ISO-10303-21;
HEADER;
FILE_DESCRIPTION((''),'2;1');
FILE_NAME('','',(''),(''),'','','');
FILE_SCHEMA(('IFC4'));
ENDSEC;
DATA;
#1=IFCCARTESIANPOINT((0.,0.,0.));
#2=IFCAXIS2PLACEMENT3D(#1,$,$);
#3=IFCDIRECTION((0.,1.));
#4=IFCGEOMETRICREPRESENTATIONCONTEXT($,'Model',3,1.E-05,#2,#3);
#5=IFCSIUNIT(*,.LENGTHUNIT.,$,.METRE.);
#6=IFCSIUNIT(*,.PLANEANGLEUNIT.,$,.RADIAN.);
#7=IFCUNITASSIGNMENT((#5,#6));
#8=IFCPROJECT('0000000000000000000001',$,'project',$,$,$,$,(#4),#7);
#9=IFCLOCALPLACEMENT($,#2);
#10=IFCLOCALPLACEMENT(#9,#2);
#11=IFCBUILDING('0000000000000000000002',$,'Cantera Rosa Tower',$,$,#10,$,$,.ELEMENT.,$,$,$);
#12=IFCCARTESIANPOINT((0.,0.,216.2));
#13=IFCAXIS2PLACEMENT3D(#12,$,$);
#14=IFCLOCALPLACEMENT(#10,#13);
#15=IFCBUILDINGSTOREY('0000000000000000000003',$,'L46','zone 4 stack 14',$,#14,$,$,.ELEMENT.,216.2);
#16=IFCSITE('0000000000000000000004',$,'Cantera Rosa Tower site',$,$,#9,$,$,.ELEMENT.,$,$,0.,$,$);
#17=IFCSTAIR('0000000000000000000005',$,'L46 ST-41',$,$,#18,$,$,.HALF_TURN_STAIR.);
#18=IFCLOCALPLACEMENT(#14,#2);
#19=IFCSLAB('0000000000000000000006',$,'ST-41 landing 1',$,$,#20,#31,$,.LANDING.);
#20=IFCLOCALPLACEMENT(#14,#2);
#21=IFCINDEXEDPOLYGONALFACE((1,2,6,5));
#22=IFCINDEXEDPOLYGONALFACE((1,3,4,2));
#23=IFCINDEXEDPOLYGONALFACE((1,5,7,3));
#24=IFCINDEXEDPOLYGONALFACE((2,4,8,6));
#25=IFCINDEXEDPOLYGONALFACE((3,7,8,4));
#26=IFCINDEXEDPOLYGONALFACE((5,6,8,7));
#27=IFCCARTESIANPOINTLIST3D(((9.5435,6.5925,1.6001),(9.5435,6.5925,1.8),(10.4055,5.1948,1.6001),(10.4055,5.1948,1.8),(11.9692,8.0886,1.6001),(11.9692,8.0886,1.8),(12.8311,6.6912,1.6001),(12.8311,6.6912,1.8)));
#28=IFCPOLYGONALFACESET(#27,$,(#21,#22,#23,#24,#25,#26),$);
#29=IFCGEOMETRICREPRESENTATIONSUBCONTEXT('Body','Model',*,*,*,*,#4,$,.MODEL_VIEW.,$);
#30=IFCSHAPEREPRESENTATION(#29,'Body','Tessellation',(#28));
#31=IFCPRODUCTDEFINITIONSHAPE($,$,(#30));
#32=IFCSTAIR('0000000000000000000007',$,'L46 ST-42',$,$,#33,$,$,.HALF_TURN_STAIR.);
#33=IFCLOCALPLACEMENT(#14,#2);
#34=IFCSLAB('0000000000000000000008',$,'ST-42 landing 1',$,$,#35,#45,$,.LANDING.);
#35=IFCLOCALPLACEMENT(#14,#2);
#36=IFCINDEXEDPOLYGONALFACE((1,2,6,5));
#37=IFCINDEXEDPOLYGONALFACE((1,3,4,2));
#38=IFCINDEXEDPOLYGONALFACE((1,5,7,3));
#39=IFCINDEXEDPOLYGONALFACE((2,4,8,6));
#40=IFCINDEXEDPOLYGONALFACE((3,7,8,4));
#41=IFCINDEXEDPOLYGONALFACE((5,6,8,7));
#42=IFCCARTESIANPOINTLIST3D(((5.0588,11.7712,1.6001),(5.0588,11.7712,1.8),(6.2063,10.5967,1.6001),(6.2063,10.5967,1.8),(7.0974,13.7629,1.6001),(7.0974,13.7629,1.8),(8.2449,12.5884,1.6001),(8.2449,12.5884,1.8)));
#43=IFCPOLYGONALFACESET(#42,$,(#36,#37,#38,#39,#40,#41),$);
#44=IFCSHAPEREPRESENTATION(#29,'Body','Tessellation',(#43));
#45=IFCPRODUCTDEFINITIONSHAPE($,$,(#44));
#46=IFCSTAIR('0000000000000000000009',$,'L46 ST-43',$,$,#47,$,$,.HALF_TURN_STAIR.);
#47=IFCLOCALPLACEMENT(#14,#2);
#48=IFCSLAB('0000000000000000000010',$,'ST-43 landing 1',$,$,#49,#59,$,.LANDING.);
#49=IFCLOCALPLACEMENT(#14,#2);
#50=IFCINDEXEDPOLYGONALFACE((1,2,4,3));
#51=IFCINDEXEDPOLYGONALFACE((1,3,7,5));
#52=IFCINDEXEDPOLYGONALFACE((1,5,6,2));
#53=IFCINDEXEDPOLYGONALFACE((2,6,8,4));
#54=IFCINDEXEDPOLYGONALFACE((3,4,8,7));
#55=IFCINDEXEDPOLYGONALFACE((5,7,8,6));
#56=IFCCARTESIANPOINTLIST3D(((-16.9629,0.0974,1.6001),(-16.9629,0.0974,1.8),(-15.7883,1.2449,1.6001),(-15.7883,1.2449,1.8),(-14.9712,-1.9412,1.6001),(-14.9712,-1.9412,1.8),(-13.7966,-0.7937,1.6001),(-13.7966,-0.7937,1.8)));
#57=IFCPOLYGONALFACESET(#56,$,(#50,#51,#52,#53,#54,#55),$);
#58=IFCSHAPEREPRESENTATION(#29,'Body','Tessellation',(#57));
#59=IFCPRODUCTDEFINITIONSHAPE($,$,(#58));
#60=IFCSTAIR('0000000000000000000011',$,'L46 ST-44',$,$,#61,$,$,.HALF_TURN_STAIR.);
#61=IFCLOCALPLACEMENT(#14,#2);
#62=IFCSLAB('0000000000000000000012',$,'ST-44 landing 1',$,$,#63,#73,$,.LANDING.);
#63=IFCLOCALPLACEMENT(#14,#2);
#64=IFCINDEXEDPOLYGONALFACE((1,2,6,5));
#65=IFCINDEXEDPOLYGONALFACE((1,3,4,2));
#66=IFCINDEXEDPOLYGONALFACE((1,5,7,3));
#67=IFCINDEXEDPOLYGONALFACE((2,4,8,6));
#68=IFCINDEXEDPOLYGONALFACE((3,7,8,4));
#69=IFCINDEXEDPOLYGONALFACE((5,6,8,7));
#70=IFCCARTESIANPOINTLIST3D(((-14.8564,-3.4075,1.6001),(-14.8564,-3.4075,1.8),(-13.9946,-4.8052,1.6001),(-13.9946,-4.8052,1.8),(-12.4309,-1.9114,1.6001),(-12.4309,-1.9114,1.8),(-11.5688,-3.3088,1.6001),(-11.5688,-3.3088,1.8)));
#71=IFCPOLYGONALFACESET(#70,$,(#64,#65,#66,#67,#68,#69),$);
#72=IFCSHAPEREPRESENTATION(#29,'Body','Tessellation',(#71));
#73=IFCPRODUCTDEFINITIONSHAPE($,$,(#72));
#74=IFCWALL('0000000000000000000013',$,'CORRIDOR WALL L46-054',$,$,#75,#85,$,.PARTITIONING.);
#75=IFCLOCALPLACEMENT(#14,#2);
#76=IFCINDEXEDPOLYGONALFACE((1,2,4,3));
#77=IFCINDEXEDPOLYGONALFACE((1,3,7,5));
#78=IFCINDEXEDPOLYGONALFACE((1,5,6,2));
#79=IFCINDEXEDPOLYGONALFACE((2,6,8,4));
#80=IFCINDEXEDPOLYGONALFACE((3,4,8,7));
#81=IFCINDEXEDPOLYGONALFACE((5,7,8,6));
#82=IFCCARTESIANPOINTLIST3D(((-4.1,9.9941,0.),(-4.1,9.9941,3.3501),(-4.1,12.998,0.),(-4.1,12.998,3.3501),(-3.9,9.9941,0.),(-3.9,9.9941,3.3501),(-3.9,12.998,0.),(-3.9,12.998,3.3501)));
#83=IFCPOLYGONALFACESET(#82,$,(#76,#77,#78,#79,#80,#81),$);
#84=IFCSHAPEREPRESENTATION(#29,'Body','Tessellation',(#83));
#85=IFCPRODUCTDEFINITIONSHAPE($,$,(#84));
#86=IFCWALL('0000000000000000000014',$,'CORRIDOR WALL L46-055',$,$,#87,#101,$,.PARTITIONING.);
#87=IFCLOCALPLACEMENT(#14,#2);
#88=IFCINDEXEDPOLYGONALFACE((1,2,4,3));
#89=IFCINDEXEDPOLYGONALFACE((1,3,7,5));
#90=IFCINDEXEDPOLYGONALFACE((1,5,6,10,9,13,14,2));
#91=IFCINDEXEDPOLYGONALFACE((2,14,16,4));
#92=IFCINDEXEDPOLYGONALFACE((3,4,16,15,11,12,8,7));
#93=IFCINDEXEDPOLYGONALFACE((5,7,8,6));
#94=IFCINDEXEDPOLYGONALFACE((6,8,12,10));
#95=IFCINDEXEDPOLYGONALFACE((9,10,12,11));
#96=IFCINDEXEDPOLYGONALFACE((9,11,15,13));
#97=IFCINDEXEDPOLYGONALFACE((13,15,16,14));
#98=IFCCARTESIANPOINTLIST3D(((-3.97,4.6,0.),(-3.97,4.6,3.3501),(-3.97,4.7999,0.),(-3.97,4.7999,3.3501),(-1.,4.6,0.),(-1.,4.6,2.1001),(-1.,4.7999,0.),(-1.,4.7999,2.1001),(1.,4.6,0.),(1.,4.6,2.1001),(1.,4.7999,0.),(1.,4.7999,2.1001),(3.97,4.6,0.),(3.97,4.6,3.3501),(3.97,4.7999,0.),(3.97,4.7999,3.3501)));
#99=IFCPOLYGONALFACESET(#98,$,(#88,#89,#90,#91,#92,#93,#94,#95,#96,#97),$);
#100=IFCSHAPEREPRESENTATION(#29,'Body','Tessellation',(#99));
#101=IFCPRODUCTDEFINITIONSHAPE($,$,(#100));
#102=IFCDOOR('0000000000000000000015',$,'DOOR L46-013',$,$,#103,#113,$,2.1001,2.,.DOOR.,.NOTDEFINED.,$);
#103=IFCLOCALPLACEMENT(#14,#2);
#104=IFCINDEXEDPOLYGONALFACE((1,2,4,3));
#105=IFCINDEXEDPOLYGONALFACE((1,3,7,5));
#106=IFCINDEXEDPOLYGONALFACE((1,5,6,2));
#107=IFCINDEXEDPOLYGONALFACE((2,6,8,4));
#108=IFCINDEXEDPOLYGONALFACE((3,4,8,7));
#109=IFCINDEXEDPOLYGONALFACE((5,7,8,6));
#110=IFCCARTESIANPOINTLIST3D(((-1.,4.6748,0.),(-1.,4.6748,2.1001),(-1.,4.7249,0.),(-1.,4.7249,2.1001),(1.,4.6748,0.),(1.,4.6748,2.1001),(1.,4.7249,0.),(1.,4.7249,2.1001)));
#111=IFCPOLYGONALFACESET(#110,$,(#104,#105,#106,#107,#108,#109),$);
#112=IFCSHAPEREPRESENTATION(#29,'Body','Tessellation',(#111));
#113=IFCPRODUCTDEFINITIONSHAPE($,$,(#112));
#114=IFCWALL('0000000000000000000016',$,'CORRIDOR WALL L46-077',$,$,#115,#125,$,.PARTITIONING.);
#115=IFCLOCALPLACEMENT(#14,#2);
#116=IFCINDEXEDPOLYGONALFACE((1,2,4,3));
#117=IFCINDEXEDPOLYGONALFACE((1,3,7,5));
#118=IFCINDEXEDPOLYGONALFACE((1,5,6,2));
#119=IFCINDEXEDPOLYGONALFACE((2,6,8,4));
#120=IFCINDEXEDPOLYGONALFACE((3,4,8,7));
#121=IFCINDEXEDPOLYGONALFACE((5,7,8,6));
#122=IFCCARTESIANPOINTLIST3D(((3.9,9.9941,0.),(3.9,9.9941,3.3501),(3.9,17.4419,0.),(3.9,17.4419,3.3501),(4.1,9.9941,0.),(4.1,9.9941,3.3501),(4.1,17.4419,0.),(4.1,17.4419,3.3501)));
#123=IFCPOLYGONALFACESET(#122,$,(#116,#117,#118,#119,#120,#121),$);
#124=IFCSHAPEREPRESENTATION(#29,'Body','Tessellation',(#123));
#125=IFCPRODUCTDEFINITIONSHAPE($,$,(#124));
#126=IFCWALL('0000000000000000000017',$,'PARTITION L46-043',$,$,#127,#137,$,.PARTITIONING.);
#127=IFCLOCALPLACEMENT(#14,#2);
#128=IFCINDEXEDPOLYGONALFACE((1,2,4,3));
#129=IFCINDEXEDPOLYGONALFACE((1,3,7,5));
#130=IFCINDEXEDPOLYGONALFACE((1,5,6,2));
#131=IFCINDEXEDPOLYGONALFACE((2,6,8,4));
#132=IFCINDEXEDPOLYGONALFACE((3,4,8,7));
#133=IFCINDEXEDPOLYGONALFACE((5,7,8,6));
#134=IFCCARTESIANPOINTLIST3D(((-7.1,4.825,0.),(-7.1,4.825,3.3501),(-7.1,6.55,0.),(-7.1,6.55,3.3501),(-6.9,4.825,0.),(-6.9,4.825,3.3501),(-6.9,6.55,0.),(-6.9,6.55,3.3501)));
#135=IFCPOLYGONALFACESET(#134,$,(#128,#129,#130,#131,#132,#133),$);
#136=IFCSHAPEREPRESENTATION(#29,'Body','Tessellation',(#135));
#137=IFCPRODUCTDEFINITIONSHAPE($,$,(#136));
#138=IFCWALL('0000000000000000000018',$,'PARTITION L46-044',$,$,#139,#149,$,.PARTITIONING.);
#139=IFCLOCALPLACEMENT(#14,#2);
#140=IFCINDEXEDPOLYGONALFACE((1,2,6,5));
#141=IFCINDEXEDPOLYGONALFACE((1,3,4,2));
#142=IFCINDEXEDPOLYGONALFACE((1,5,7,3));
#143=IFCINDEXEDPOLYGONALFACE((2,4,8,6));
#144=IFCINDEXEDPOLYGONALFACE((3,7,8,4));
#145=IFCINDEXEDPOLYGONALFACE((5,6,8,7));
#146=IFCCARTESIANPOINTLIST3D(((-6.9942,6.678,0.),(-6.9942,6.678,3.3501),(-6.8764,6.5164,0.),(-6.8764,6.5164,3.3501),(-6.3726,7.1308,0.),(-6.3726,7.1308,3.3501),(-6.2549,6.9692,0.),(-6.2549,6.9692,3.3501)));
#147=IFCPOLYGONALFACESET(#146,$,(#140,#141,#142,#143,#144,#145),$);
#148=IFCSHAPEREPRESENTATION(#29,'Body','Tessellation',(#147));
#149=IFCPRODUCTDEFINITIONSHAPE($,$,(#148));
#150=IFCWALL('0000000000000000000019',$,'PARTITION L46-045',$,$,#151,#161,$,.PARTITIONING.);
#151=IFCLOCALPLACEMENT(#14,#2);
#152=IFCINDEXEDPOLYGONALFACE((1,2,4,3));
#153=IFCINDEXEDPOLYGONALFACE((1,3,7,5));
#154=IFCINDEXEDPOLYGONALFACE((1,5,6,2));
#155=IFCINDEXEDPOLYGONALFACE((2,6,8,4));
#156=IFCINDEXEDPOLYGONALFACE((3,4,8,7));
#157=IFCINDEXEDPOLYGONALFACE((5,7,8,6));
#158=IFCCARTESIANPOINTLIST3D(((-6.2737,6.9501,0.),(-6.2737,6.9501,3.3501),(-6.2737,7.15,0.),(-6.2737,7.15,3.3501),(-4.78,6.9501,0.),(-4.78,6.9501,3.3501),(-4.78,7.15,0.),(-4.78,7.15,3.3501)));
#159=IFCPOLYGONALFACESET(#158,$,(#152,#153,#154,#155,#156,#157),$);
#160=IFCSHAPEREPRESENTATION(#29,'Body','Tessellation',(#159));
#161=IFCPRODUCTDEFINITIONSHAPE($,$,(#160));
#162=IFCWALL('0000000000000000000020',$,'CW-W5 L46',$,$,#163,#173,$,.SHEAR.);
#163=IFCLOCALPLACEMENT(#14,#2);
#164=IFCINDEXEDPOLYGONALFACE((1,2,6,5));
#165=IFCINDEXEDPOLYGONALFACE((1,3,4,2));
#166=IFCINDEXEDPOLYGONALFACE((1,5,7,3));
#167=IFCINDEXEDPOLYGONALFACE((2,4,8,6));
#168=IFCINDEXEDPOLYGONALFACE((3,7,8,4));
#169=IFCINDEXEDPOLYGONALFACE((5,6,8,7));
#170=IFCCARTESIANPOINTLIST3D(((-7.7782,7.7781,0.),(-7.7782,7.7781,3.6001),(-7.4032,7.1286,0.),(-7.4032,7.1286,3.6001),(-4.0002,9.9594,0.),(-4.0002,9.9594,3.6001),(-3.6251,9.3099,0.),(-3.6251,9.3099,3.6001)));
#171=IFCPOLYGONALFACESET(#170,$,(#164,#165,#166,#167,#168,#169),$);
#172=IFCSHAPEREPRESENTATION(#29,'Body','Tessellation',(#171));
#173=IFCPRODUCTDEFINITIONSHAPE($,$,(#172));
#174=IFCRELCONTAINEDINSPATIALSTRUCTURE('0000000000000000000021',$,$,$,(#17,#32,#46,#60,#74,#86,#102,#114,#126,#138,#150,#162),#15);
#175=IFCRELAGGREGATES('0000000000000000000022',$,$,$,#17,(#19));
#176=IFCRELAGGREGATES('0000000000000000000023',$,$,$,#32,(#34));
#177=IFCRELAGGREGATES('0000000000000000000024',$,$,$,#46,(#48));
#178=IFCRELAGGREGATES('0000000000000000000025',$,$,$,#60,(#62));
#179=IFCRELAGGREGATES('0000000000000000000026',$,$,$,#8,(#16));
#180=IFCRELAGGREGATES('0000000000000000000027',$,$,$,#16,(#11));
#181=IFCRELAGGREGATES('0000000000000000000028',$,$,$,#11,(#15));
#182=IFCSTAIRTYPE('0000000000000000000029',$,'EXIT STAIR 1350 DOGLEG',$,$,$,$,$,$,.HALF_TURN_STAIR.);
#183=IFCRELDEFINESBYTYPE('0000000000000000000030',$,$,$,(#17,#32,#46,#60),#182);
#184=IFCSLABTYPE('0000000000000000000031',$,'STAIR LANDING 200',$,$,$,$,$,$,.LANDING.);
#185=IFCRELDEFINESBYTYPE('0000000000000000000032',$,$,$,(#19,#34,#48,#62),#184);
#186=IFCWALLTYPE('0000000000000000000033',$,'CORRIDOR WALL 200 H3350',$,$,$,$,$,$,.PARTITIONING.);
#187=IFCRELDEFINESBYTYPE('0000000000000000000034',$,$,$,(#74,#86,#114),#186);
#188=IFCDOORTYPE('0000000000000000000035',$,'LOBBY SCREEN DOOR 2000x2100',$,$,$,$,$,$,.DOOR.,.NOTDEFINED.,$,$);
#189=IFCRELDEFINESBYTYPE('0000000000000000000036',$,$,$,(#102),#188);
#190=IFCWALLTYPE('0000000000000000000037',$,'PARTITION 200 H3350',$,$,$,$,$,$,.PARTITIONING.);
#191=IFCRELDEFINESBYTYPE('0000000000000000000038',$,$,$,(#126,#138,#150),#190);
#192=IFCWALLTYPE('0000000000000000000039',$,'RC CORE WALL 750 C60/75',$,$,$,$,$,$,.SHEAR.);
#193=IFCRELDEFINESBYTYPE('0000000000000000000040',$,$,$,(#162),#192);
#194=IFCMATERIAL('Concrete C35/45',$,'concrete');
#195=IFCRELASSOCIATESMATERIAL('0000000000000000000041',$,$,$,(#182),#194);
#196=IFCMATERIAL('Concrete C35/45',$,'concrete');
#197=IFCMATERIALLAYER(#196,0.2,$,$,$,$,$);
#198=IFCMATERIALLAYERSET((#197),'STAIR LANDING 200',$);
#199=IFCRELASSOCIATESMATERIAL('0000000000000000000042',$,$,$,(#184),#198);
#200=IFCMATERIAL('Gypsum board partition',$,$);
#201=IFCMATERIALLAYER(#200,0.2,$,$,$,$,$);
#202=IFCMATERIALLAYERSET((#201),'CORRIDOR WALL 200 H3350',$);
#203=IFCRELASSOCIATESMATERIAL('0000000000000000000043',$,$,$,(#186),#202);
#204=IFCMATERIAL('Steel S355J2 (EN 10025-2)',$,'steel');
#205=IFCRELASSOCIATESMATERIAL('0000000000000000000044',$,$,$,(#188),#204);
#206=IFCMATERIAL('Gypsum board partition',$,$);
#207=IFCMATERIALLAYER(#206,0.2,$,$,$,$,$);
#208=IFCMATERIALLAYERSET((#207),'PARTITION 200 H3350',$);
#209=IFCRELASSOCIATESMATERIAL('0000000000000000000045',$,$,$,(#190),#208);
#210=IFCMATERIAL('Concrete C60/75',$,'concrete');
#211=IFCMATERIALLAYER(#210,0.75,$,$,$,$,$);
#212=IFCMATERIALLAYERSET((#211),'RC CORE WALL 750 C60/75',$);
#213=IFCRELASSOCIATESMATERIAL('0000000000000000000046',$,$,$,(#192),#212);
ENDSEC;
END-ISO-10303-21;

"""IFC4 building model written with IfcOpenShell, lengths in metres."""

from ifc_helpers import new_model, si_unit, direction, frame, frame_2d, origin, place, context, subcontext, project, spatial, polyline, rectangle, outline, extrude, material, layer, layer_set, type_object, element, fill, aggregate, save


model = new_model("IFC4")

# Units and contexts
model_context = context("Model", 3, precision=1e-05, world=origin(), true_north=direction((0.0, 1.0)))
body_context = subcontext(model_context, "Body", "Model", "MODEL_VIEW")
ifc_project = project(units=[si_unit("LENGTHUNIT", "METRE"), si_unit("PLANEANGLEUNIT", "RADIAN")], contexts=[model_context])

# Site, building, storey
site_placement = place(None, origin())
site = spatial("IfcSite", under=ifc_project, at=site_placement, Name="Cantera Rosa Tower site", CompositionType="ELEMENT", RefElevation=0.0)
building_placement = place(site_placement, origin())
building = spatial("IfcBuilding", under=site, at=building_placement, Name="Cantera Rosa Tower", CompositionType="ELEMENT")
storey_placement = place(building_placement, frame((0.0, 0.0, 216.2)))
storey = spatial("IfcBuildingStorey", under=building, at=storey_placement, Name="L46", Description="zone 4 stack 14", CompositionType="ELEMENT", Elevation=216.2)

# Stairs, slabs
ifc_material_1 = material(Name="Concrete C35/45", Category="concrete")
stair_type = type_object("IfcStairType", Name="EXIT STAIR 1350 DOGLEG", PredefinedType="HALF_TURN_STAIR", material=ifc_material_1)
stair_1_placement = place(storey_placement, origin())
stair_1 = element("IfcStair", 1, at=stair_1_placement, inside=storey, type_object=stair_type, Name="L46 ST-41", PredefinedType="HALF_TURN_STAIR")
ifc_material_2 = material(Name="Concrete C35/45", Category="concrete")
ifc_layer_1 = layer(ifc_material_2, 0.2)
ifc_layer_set_1 = layer_set([ifc_layer_1], Name="STAIR LANDING 200")
slab_type = type_object("IfcSlabType", Name="STAIR LANDING 200", PredefinedType="LANDING", material=ifc_layer_set_1)
slab_1_placement = place(storey_placement, frame((0.0, 0.0, 1.6001)))
slab_1 = element("IfcSlab", 2, at=slab_1_placement, type_object=slab_type, Name="ST-41 landing 1", PredefinedType="LANDING", context=body_context, shape_type="SweptSolid", body=[
    extrude(outline(polyline([(12.8311, 6.6912), (11.9692, 8.0886), (9.5435, 6.5925), (10.4055, 5.1948), (12.8311, 6.6912)])), origin(), (0.0, 0.0, 1.0), 0.2),
])
aggregate(stair_1, [slab_1])
stair_2_placement = place(storey_placement, origin())
stair_2 = element("IfcStair", 3, at=stair_2_placement, inside=storey, type_object=stair_type, Name="L46 ST-42", PredefinedType="HALF_TURN_STAIR")
slab_2_placement = place(storey_placement, frame((0.0, 0.0, 1.6001)))
slab_2 = element("IfcSlab", 4, at=slab_2_placement, type_object=slab_type, Name="ST-42 landing 1", PredefinedType="LANDING", context=body_context, shape_type="SweptSolid", body=[
    extrude(outline(polyline([(8.2449, 12.5884), (7.0974, 13.7629), (5.0588, 11.7712), (6.2063, 10.5967), (8.2449, 12.5884)])), origin(), (0.0, 0.0, 1.0), 0.2),
])
aggregate(stair_2, [slab_2])
stair_3_placement = place(storey_placement, origin())
stair_3 = element("IfcStair", 5, at=stair_3_placement, inside=storey, type_object=stair_type, Name="L46 ST-43", PredefinedType="HALF_TURN_STAIR")
slab_3_placement = place(storey_placement, frame((0.0, 0.0, 1.6001)))
slab_3 = element("IfcSlab", 6, at=slab_3_placement, type_object=slab_type, Name="ST-43 landing 1", PredefinedType="LANDING", context=body_context, shape_type="SweptSolid", body=[
    extrude(outline(polyline([(-15.7883, 1.2449), (-16.9629, 0.0974), (-14.9712, -1.9412), (-13.7966, -0.7937), (-15.7883, 1.2449)])), origin(), (0.0, 0.0, 1.0), 0.2),
])
aggregate(stair_3, [slab_3])
stair_4_placement = place(storey_placement, origin())
stair_4 = element("IfcStair", 7, at=stair_4_placement, inside=storey, type_object=stair_type, Name="L46 ST-44", PredefinedType="HALF_TURN_STAIR")
slab_4_placement = place(storey_placement, frame((0.0, 0.0, 1.6001)))
slab_4 = element("IfcSlab", 8, at=slab_4_placement, type_object=slab_type, Name="ST-44 landing 1", PredefinedType="LANDING", context=body_context, shape_type="SweptSolid", body=[
    extrude(outline(polyline([(-11.5688, -3.3088), (-12.4309, -1.9114), (-14.8564, -3.4075), (-13.9946, -4.8052), (-11.5688, -3.3088)])), origin(), (0.0, 0.0, 1.0), 0.2),
])
aggregate(stair_4, [slab_4])

# Wall
ifc_material_3 = material(Name="Gypsum board partition")
ifc_layer_2 = layer(ifc_material_3, 0.2)
ifc_layer_set_2 = layer_set([ifc_layer_2], Name="CORRIDOR WALL 200 H3350")
wall_type_1 = type_object("IfcWallType", Name="CORRIDOR WALL 200 H3350", PredefinedType="PARTITIONING", material=ifc_layer_set_2)
wall_1_placement = place(storey_placement, frame((-4.0, 12.998, 0.0), z_axis=(0.0, 0.0, 1.0), x_axis=(0.0, -1.0, 0.0)))
element("IfcWall", 9, at=wall_1_placement, inside=storey, type_object=wall_type_1, Name="CORRIDOR WALL L46-054", PredefinedType="PARTITIONING", context=body_context, shape_type="SweptSolid", body=[
    extrude(rectangle(XDim=3.0039, YDim=0.2, at=frame_2d((1.502, 0.0))), origin(), (0.0, 0.0, 1.0), 3.3501),
])

# Wall, opening, door
wall_2_placement = place(storey_placement, frame((-3.97, 4.7, 0.0), z_axis=(0.0, 0.0, 1.0), x_axis=(1.0, 0.0, 0.0)))
wall_2 = element("IfcWall", 10, at=wall_2_placement, inside=storey, type_object=wall_type_1, Name="CORRIDOR WALL L46-055", PredefinedType="PARTITIONING", context=body_context, shape_type="SweptSolid", body=[
    extrude(rectangle(XDim=7.9399, YDim=0.2, at=frame_2d((3.97, 0.0))), origin(), (0.0, 0.0, 1.0), 3.3501),
])
opening_1_placement = place(wall_2_placement, frame((2.97, 0.0, 0.0)))
opening_1 = element("IfcOpeningElement", 11, at=opening_1_placement, cuts=wall_2, PredefinedType="OPENING", context=body_context, shape_type="SweptSolid", body=[
    extrude(rectangle(XDim=2.0, YDim=2.1001, at=frame_2d((1.0, 1.05))), frame((0.0, 0.1099, 0.0), z_axis=(0.0, -1.0, 0.0), x_axis=(1.0, 0.0, 0.0)), (0.0, 0.0, 1.0), 0.22),
])
ifc_material_4 = material(Name="Steel S355J2 (EN 10025-2)", Category="steel")
door_type_1 = type_object("IfcDoorType", Name="LOBBY SCREEN DOOR 2000x2100", OperationType="NOTDEFINED", PredefinedType="DOOR", material=ifc_material_4)
door_1_placement = place(opening_1_placement, origin())
door_1 = element("IfcDoor", 12, at=door_1_placement, inside=storey, type_object=door_type_1, Name="DOOR L46-013", OperationType="NOTDEFINED", OverallHeight=2.1001, OverallWidth=2.0, PredefinedType="DOOR", context=body_context, shape_type="SweptSolid", body=[
    extrude(rectangle(XDim=2.0, YDim=2.1001, at=frame_2d((1.0, 1.05))), frame((0.0, 0.0249, 0.0), z_axis=(0.0, -1.0, 0.0), x_axis=(1.0, 0.0, 0.0)), (0.0, 0.0, 1.0), 0.05),
])
fill(opening_1, door_1)

# Walls
wall_3_placement = place(storey_placement, frame((4.0, 17.4419, 0.0), z_axis=(0.0, 0.0, 1.0), x_axis=(0.0, -1.0, 0.0)))
element("IfcWall", 13, at=wall_3_placement, inside=storey, type_object=wall_type_1, Name="CORRIDOR WALL L46-077", PredefinedType="PARTITIONING", context=body_context, shape_type="SweptSolid", body=[
    extrude(rectangle(XDim=7.4478, YDim=0.2, at=frame_2d((3.7239, 0.0))), origin(), (0.0, 0.0, 1.0), 3.3501),
])
ifc_material_5 = material(Name="Gypsum board partition")
ifc_layer_3 = layer(ifc_material_5, 0.2)
ifc_layer_set_3 = layer_set([ifc_layer_3], Name="PARTITION 200 H3350")
wall_type_2 = type_object("IfcWallType", Name="PARTITION 200 H3350", PredefinedType="PARTITIONING", material=ifc_layer_set_3)
wall_4_placement = place(storey_placement, frame((-7.0, 4.825, 0.0), z_axis=(0.0, 0.0, 1.0), x_axis=(0.0, 1.0, 0.0)))
element("IfcWall", 14, at=wall_4_placement, inside=storey, type_object=wall_type_2, Name="PARTITION L46-043", PredefinedType="PARTITIONING", context=body_context, shape_type="SweptSolid", body=[
    extrude(rectangle(XDim=1.7251, YDim=0.2, at=frame_2d((0.8625, 0.0))), origin(), (0.0, 0.0, 1.0), 3.3501),
])
wall_5_placement = place(storey_placement, frame((-6.9353, 6.5972, 0.0), z_axis=(0.0, 0.0, 1.0), x_axis=(0.808228, 0.58887, 0.0)))
element("IfcWall", 15, at=wall_5_placement, inside=storey, type_object=wall_type_2, Name="PARTITION L46-044", PredefinedType="PARTITIONING", context=body_context, shape_type="SweptSolid", body=[
    extrude(rectangle(XDim=0.769, YDim=0.2, at=frame_2d((0.3845, 0.0))), origin(), (0.0, 0.0, 1.0), 3.3501),
])
wall_6_placement = place(storey_placement, frame((-6.2737, 7.05, 0.0), z_axis=(0.0, 0.0, 1.0), x_axis=(1.0, 0.0, 0.0)))
element("IfcWall", 16, at=wall_6_placement, inside=storey, type_object=wall_type_2, Name="PARTITION L46-045", PredefinedType="PARTITIONING", context=body_context, shape_type="SweptSolid", body=[
    extrude(rectangle(XDim=1.4937, YDim=0.2, at=frame_2d((0.7468, 0.0))), origin(), (0.0, 0.0, 1.0), 3.3501),
])
ifc_material_6 = material(Name="Concrete C60/75", Category="concrete")
ifc_layer_4 = layer(ifc_material_6, 0.75)
ifc_layer_set_4 = layer_set([ifc_layer_4], Name="RC CORE WALL 750 C60/75")
wall_type_3 = type_object("IfcWallType", Name="RC CORE WALL 750 C60/75", PredefinedType="SHEAR", material=ifc_layer_set_4)
wall_7_placement = place(storey_placement, frame((-7.5906, 7.4534, 0.0), z_axis=(0.0, 0.0, 1.0), x_axis=(0.866013, 0.500021, 0.0)))
element("IfcWall", 17, at=wall_7_placement, inside=storey, type_object=wall_type_3, Name="CW-W5 L46", PredefinedType="SHEAR", context=body_context, shape_type="SweptSolid", body=[
    extrude(rectangle(XDim=4.3625, YDim=0.75, at=frame_2d((2.1812, 0.0))), origin(), (0.0, 0.0, 1.0), 3.6001),
])

save(model, "model.ifc")
